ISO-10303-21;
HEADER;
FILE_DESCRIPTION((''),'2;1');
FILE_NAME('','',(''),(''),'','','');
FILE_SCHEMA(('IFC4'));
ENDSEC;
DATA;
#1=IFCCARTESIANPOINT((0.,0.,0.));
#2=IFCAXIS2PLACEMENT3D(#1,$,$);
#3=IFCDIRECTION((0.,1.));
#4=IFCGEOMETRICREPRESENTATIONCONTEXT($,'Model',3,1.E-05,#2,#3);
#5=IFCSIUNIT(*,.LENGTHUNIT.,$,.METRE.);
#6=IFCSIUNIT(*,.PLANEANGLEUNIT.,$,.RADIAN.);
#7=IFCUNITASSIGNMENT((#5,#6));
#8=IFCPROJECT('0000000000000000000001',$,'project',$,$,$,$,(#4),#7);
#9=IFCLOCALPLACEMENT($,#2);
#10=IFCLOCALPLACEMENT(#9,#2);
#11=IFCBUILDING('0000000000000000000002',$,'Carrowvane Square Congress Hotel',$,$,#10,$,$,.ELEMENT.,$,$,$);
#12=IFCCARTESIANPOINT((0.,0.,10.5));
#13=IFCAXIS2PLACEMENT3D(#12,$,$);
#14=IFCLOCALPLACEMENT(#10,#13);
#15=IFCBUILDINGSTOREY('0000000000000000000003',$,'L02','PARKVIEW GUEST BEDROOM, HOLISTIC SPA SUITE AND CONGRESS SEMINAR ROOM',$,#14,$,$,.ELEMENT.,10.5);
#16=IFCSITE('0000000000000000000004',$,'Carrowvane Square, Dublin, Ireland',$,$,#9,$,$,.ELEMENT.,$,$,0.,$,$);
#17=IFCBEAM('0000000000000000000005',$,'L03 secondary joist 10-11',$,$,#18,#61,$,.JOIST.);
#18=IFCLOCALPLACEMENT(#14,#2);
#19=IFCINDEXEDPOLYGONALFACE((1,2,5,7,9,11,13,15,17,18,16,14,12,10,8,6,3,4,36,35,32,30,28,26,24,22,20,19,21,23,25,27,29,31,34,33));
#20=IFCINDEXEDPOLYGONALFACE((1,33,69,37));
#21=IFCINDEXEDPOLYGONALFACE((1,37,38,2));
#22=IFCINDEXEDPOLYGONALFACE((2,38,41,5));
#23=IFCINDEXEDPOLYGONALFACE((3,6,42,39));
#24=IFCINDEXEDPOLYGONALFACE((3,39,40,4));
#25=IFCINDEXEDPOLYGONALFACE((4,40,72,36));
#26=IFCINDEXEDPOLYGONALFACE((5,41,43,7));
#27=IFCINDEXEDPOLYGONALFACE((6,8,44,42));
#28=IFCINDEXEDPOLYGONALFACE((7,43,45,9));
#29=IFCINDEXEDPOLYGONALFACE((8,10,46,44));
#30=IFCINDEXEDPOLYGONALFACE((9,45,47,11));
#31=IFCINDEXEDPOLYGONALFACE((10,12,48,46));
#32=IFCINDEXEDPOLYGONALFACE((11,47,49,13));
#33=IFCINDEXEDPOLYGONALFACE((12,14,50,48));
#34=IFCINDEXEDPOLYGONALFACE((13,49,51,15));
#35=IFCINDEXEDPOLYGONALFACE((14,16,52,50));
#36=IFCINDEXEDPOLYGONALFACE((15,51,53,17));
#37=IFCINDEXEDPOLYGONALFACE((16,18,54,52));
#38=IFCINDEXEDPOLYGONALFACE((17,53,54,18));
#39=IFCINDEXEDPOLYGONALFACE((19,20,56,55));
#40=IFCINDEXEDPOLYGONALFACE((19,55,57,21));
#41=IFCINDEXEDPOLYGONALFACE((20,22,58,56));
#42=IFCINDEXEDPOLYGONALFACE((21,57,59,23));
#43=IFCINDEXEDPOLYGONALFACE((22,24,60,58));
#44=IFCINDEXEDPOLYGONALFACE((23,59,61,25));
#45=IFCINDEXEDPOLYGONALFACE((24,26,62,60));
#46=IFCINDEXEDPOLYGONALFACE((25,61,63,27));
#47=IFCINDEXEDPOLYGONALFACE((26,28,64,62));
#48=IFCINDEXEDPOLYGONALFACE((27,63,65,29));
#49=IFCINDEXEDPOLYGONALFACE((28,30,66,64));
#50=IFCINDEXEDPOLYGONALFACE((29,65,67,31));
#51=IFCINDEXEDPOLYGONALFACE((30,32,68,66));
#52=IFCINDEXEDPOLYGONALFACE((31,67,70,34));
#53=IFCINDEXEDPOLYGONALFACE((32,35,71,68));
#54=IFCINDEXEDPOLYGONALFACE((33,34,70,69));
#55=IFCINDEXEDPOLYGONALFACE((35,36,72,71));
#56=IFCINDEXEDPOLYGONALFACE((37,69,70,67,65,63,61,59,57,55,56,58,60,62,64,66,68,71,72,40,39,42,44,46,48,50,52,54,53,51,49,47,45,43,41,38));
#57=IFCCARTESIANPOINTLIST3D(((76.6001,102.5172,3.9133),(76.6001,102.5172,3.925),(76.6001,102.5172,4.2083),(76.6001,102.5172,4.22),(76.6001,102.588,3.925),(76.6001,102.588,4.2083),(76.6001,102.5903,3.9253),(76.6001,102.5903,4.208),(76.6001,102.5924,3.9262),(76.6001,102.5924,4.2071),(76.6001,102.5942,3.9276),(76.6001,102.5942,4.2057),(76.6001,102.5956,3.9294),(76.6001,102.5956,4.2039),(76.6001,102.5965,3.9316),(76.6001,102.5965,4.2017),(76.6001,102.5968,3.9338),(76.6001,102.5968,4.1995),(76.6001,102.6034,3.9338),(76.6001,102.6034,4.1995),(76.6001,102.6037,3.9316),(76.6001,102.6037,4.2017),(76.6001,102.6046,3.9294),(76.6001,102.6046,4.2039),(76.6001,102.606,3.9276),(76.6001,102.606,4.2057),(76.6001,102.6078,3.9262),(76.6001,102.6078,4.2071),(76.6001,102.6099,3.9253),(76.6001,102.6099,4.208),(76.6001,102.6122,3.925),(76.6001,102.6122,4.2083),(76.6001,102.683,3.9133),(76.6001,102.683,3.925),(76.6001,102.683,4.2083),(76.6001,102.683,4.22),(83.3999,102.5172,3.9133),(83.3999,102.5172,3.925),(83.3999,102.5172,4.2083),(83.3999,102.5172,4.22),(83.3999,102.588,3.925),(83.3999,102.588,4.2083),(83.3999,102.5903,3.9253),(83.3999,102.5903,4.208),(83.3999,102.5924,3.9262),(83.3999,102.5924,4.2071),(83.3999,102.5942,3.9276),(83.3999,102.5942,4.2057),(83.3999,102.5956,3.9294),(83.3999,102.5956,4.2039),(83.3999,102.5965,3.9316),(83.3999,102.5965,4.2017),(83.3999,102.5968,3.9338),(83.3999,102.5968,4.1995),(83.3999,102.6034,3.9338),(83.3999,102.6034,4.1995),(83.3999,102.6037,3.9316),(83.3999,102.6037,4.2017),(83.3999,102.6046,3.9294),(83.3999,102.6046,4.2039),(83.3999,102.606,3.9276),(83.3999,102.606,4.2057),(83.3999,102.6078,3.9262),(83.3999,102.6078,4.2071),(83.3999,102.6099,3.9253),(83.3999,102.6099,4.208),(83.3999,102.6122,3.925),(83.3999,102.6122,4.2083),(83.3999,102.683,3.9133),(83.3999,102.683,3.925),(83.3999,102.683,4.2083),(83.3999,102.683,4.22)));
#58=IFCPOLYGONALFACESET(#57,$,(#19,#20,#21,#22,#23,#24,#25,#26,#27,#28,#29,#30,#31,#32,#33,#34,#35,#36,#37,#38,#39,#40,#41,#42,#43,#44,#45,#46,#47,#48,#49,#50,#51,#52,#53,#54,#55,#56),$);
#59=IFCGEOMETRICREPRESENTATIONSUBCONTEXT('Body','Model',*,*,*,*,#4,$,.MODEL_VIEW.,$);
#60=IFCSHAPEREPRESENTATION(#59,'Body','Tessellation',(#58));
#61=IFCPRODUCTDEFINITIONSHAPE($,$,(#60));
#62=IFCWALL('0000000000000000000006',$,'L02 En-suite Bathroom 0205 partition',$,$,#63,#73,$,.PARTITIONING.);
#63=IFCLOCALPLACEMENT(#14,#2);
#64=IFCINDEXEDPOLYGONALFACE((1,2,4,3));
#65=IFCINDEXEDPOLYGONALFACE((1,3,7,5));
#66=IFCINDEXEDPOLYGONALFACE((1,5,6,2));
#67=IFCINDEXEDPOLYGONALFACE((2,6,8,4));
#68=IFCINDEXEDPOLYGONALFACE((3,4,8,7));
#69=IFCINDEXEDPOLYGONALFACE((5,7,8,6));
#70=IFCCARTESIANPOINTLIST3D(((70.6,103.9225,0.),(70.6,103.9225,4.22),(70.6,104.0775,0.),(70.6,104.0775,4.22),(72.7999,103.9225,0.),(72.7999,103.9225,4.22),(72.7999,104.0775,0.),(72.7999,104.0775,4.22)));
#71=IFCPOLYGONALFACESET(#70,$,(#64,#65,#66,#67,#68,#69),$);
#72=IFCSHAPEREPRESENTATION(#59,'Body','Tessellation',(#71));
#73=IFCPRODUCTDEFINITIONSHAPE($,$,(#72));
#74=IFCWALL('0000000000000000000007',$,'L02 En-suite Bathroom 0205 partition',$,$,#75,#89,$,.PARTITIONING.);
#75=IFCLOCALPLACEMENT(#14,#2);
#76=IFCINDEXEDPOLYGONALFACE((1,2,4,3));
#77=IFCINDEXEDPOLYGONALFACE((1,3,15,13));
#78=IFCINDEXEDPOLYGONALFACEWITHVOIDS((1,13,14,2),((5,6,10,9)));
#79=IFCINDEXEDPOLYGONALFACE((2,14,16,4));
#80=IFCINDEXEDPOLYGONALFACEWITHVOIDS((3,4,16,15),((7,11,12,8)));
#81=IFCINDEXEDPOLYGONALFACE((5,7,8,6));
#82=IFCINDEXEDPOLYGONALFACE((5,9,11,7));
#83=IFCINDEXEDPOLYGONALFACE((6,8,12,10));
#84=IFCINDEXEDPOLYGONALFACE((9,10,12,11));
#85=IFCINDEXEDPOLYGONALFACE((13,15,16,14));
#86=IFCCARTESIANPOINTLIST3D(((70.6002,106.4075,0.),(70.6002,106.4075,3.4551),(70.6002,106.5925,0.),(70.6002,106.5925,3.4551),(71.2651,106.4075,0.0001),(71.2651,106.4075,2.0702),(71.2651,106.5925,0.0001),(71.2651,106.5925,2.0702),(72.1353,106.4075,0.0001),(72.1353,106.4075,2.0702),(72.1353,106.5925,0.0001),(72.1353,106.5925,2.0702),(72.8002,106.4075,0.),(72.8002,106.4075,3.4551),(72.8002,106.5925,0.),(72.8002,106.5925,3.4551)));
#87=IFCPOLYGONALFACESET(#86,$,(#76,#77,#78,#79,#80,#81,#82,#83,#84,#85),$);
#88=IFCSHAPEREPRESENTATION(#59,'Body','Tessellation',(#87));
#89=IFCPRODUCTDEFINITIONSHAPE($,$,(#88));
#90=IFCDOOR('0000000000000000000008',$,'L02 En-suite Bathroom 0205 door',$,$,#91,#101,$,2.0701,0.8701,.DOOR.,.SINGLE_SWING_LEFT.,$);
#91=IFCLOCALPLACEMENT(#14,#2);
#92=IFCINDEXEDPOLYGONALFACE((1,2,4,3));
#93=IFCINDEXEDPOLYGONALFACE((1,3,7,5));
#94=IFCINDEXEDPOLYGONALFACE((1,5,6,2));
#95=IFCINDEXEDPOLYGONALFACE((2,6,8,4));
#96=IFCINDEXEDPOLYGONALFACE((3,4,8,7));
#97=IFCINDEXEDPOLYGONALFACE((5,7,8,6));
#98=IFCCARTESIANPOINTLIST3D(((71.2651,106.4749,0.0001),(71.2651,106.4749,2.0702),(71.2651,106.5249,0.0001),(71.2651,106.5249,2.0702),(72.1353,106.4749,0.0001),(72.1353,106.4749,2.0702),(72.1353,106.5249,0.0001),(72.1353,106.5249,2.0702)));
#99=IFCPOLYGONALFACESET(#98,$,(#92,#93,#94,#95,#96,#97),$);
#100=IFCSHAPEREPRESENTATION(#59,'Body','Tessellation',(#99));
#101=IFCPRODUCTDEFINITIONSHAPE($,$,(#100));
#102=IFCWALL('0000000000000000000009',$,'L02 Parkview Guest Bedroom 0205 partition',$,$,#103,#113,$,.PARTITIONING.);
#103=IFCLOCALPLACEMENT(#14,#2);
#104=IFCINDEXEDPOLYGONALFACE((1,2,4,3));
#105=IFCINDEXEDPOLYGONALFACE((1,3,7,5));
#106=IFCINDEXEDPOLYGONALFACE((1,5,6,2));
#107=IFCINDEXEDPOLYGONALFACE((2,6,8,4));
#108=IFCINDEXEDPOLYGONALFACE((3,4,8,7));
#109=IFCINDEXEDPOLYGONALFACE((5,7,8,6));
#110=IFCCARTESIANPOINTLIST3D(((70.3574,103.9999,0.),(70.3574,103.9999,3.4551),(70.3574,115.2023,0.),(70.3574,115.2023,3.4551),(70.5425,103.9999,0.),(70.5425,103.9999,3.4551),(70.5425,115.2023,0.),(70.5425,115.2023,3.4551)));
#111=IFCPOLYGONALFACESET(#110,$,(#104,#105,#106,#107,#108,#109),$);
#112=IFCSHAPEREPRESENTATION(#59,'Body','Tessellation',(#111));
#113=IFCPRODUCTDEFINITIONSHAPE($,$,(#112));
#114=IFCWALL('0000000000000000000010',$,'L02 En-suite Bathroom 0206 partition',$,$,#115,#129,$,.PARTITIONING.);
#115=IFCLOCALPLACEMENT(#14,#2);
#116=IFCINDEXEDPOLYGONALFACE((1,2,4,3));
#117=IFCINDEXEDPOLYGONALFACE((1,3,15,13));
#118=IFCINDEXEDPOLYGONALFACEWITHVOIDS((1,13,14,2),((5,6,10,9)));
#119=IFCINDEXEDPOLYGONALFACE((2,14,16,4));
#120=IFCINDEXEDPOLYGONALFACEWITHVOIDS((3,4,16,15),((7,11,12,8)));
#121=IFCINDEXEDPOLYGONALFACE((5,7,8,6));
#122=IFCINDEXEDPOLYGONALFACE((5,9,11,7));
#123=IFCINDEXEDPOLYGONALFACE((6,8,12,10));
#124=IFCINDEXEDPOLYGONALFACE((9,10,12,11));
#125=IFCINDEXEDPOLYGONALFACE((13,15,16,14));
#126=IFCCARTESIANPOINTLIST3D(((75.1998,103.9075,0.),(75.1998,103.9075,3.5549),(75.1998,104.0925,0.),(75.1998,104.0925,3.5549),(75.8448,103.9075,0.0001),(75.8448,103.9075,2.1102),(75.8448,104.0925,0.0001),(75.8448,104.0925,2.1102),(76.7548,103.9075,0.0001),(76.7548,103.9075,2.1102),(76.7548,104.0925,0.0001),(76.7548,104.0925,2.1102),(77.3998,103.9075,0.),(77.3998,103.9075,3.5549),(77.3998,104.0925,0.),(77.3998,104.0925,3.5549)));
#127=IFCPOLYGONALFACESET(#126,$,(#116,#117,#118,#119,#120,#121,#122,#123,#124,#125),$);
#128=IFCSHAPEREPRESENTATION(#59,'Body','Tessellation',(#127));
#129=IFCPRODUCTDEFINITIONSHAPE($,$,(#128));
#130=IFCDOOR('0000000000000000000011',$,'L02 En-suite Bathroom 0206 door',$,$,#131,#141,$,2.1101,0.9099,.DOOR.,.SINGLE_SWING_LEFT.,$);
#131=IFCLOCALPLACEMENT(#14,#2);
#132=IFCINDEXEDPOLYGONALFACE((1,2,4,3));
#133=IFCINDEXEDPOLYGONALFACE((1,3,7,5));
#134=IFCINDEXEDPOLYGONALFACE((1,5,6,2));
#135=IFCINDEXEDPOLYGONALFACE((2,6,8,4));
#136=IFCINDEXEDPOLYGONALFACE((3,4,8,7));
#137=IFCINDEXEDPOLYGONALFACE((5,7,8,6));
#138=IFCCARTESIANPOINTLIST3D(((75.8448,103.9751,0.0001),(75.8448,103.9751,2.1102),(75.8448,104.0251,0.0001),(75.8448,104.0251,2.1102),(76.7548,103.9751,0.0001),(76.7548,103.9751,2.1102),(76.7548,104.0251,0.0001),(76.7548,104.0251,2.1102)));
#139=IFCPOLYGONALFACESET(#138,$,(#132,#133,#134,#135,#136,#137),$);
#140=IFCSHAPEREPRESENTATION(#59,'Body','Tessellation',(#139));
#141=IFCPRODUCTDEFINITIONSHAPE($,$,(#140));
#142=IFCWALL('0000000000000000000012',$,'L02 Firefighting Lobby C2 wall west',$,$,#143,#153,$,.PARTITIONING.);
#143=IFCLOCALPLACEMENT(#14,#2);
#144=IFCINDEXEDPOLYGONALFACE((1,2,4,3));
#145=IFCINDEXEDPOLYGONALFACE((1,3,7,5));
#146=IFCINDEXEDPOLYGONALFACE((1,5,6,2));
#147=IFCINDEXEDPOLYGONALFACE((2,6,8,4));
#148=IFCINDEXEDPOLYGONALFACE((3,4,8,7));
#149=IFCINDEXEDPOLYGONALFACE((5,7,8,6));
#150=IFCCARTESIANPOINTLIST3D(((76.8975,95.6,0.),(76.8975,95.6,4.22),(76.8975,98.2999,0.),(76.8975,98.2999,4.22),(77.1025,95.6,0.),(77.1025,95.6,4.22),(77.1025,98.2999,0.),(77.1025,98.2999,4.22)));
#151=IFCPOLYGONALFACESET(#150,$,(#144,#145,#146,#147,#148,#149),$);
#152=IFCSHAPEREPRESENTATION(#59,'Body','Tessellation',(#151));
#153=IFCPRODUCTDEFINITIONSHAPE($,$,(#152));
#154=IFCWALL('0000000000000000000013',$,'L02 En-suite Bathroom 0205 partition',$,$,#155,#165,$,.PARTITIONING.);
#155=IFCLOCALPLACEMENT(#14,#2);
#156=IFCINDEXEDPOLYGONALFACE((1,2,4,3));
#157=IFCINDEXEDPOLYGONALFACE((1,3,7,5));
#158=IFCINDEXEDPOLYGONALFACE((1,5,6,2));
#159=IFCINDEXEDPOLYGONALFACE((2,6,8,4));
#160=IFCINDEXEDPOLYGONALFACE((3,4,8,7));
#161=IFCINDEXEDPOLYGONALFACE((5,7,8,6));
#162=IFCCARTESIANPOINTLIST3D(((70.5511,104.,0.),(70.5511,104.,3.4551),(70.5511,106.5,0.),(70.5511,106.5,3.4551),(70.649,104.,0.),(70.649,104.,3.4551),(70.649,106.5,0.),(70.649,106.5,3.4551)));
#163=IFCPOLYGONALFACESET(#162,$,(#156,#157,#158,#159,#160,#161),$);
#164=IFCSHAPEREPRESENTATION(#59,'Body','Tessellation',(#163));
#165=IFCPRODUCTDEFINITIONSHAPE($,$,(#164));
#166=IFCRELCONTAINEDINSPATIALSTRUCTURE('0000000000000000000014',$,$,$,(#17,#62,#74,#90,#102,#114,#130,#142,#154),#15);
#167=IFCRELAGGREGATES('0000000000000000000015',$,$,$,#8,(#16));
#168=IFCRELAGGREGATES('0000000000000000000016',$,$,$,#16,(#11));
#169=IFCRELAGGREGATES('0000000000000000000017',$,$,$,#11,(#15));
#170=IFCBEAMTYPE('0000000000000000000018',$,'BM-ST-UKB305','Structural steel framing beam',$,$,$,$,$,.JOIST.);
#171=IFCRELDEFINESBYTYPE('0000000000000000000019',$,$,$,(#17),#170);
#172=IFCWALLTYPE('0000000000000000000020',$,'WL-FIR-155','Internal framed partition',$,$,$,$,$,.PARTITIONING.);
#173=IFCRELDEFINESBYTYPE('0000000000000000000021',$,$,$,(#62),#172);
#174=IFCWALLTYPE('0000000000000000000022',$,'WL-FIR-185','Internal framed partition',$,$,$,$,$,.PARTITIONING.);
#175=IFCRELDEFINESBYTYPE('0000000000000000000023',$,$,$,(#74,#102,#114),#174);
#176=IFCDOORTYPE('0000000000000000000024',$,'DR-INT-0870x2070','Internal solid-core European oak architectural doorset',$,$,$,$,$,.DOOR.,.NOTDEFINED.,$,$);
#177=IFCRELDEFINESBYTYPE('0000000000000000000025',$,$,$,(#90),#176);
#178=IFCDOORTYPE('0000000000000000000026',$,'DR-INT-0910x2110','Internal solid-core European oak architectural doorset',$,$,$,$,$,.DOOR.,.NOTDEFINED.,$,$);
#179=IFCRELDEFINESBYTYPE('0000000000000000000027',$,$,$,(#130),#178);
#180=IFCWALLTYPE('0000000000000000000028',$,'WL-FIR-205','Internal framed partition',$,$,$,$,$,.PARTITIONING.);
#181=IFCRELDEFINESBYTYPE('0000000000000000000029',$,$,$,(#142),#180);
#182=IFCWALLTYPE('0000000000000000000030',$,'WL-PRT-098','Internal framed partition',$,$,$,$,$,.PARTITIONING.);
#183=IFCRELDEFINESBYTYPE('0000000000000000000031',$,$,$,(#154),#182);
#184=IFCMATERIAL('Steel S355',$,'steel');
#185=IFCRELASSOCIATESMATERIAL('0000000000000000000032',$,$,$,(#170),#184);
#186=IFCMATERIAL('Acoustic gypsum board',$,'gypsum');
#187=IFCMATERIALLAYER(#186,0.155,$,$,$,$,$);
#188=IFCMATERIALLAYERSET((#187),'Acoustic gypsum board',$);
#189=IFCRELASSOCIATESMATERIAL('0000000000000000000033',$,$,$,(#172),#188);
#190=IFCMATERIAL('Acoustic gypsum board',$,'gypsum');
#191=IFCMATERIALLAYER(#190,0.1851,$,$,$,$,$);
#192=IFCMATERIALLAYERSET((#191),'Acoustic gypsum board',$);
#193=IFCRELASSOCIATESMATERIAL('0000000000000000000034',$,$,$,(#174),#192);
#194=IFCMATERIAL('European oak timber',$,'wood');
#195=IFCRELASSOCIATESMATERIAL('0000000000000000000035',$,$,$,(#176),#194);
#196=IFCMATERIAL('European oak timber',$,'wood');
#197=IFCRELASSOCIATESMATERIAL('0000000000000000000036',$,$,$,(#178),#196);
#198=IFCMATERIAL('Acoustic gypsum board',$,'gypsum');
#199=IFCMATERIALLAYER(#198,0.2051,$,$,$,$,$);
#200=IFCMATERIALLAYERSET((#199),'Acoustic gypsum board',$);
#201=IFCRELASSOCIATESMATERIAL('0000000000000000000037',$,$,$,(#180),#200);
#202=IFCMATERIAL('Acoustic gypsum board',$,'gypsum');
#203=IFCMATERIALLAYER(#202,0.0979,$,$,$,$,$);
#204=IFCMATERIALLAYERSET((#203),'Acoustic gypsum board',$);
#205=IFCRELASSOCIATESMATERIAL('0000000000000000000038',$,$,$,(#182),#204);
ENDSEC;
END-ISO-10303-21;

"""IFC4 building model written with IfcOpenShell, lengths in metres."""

from ifc_helpers import new_model, si_unit, direction, frame, frame_2d, origin, origin_2d, place, context, subcontext, project, spatial, rectangle, i_section, extrude, material, layer, layer_set, material_profile, profile_set, type_object, element, fill, save


model = new_model("IFC4")

# Units and contexts
model_context = context("Model", 3, precision=1e-05, world=origin(), true_north=direction((0.0, 1.0)))
body_context = subcontext(model_context, "Body", "Model", "MODEL_VIEW")
ifc_project = project(units=[si_unit("LENGTHUNIT", "METRE"), si_unit("PLANEANGLEUNIT", "RADIAN")], contexts=[model_context])

# Site, building, storey
site_placement = place(None, origin())
site = spatial("IfcSite", under=ifc_project, at=site_placement, Name="Carrowvane Square, Dublin, Ireland", CompositionType="ELEMENT", RefElevation=0.0)
building_placement = place(site_placement, origin())
building = spatial("IfcBuilding", under=site, at=building_placement, Name="Carrowvane Square Congress Hotel", CompositionType="ELEMENT")
storey_placement = place(building_placement, frame((0.0, 0.0, 10.5)))
storey = spatial("IfcBuildingStorey", under=building, at=storey_placement, Name="L02", Description="PARKVIEW GUEST BEDROOM, HOLISTIC SPA SUITE AND CONGRESS SEMINAR ROOM", CompositionType="ELEMENT", Elevation=10.5)

# Beam
ifc_material_1 = material(Name="Steel S355", Category="steel")
ifc_material_profile_1 = material_profile(ifc_material_1, i_section(OverallWidth=0.1658, OverallDepth=0.3066, WebThickness=0.0066, FlangeThickness=0.0117, FilletRadius=0.0088, at=origin_2d()), Name="UKB 305x165x46")
ifc_profile_set_1 = profile_set([ifc_material_profile_1], Name="Steel S355")
beam_type_1 = type_object("IfcBeamType", Name="BM-ST-UKB305", Description="Structural steel framing beam", PredefinedType="JOIST", material=ifc_profile_set_1)
beam_1_placement = place(storey_placement, frame((76.6001, 102.6001, 4.0667), z_axis=(1.0, 0.0, 0.0), x_axis=(0.0, 1.0, 0.0)))
element("IfcBeam", 1, at=beam_1_placement, inside=storey, type_object=beam_type_1, Name="L03 secondary joist 10-11", PredefinedType="JOIST", context=body_context, shape_type="SweptSolid", body=[
    extrude(i_section(OverallWidth=0.1658, OverallDepth=0.3066, WebThickness=0.0066, FlangeThickness=0.0117, FilletRadius=0.0088, at=origin_2d()), origin(), (0.0, 0.0, 1.0), 6.7998),
])

# Wall
ifc_material_2 = material(Name="Acoustic gypsum board", Category="gypsum")
ifc_layer_1 = layer(ifc_material_2, 0.155)
ifc_layer_set_1 = layer_set([ifc_layer_1], Name="Acoustic gypsum board")
wall_type_1 = type_object("IfcWallType", Name="WL-FIR-155", Description="Internal framed partition", PredefinedType="PARTITIONING", material=ifc_layer_set_1)
wall_1_placement = place(storey_placement, frame((72.8, 104.0, 0.0), z_axis=(0.0, 0.0, 1.0), x_axis=(-1.0, 0.0, 0.0)))
element("IfcWall", 2, at=wall_1_placement, inside=storey, type_object=wall_type_1, Name="L02 En-suite Bathroom 0205 partition", PredefinedType="PARTITIONING", context=body_context, shape_type="SweptSolid", body=[
    extrude(rectangle(XDim=2.2, YDim=0.155, at=frame_2d((1.1001, 0.0))), origin(), (0.0, 0.0, 1.0), 4.22),
])

# Wall, opening, door
ifc_material_3 = material(Name="Acoustic gypsum board", Category="gypsum")
ifc_layer_2 = layer(ifc_material_3, 0.1851)
ifc_layer_set_2 = layer_set([ifc_layer_2], Name="Acoustic gypsum board")
wall_type_2 = type_object("IfcWallType", Name="WL-FIR-185", Description="Internal framed partition", PredefinedType="PARTITIONING", material=ifc_layer_set_2)
wall_2_placement = place(storey_placement, frame((70.6001, 106.5, 0.0), z_axis=(0.0, 0.0, 1.0), x_axis=(1.0, 0.0, 0.0)))
wall_2 = element("IfcWall", 3, at=wall_2_placement, inside=storey, type_object=wall_type_2, Name="L02 En-suite Bathroom 0205 partition", PredefinedType="PARTITIONING", context=body_context, shape_type="SweptSolid", body=[
    extrude(rectangle(XDim=2.2, YDim=0.1851, at=frame_2d((1.1001, 0.0))), origin(), (0.0, 0.0, 1.0), 3.4551),
])
opening_1_placement = place(wall_2_placement, frame((0.665, 0.0, 0.0)))
opening_1 = element("IfcOpeningElement", 4, at=opening_1_placement, cuts=wall_2, PredefinedType="OPENING", context=body_context, shape_type="SweptSolid", body=[
    extrude(rectangle(XDim=0.8701, YDim=2.0701, at=frame_2d((0.4351, 1.0352))), frame((0.0, 0.1025, 0.0), z_axis=(0.0, -1.0, 0.0), x_axis=(1.0, 0.0, 0.0)), (0.0, 0.0, 1.0), 0.2051),
])
ifc_material_4 = material(Name="European oak timber", Category="wood")
door_type_1 = type_object("IfcDoorType", Name="DR-INT-0870x2070", Description="Internal solid-core European oak architectural doorset", OperationType="NOTDEFINED", PredefinedType="DOOR", material=ifc_material_4)
door_1_placement = place(opening_1_placement, origin())
door_1 = element("IfcDoor", 5, at=door_1_placement, inside=storey, type_object=door_type_1, Name="L02 En-suite Bathroom 0205 door", OperationType="SINGLE_SWING_LEFT", OverallHeight=2.0701, OverallWidth=0.8701, PredefinedType="DOOR", context=body_context, shape_type="SweptSolid", body=[
    extrude(rectangle(XDim=0.8701, YDim=2.0701, at=frame_2d((0.4351, 1.0352))), frame((0.0, 0.0249, 0.0), z_axis=(0.0, -1.0, 0.0), x_axis=(1.0, 0.0, 0.0)), (0.0, 0.0, 1.0), 0.05),
])
fill(opening_1, door_1)

# Wall
wall_3_placement = place(storey_placement, frame((70.45, 104.0, 0.0), z_axis=(0.0, 0.0, 1.0), x_axis=(0.0, 1.0, 0.0)))
element("IfcWall", 6, at=wall_3_placement, inside=storey, type_object=wall_type_2, Name="L02 Parkview Guest Bedroom 0205 partition", PredefinedType="PARTITIONING", context=body_context, shape_type="SweptSolid", body=[
    extrude(rectangle(XDim=11.2024, YDim=0.1851, at=frame_2d((5.6011, 0.0))), origin(), (0.0, 0.0, 1.0), 3.4551),
])

# Wall, opening, door
wall_4_placement = place(storey_placement, frame((77.3999, 104.0, 0.0), z_axis=(0.0, 0.0, 1.0), x_axis=(-1.0, 0.0, 0.0)))
wall_4 = element("IfcWall", 7, at=wall_4_placement, inside=storey, type_object=wall_type_2, Name="L02 En-suite Bathroom 0206 partition", PredefinedType="PARTITIONING", context=body_context, shape_type="SweptSolid", body=[
    extrude(rectangle(XDim=2.2, YDim=0.1851, at=frame_2d((1.1001, 0.0))), origin(), (0.0, 0.0, 1.0), 3.5549),
])
opening_2_placement = place(wall_4_placement, frame((0.645, 0.0, 0.0)))
opening_2 = element("IfcOpeningElement", 8, at=opening_2_placement, cuts=wall_4, PredefinedType="OPENING", context=body_context, shape_type="SweptSolid", body=[
    extrude(rectangle(XDim=0.9099, YDim=2.1101, at=frame_2d((0.4551, 1.0552))), frame((0.0, 0.1025, 0.0), z_axis=(0.0, -1.0, 0.0), x_axis=(1.0, 0.0, 0.0)), (0.0, 0.0, 1.0), 0.2051),
])
ifc_material_5 = material(Name="European oak timber", Category="wood")
door_type_2 = type_object("IfcDoorType", Name="DR-INT-0910x2110", Description="Internal solid-core European oak architectural doorset", OperationType="NOTDEFINED", PredefinedType="DOOR", material=ifc_material_5)
door_2_placement = place(opening_2_placement, origin())
door_2 = element("IfcDoor", 9, at=door_2_placement, inside=storey, type_object=door_type_2, Name="L02 En-suite Bathroom 0206 door", OperationType="SINGLE_SWING_LEFT", OverallHeight=2.1101, OverallWidth=0.9099, PredefinedType="DOOR", context=body_context, shape_type="SweptSolid", body=[
    extrude(rectangle(XDim=0.9099, YDim=2.1101, at=frame_2d((0.4551, 1.0552))), frame((0.0, 0.0249, 0.0), z_axis=(0.0, -1.0, 0.0), x_axis=(1.0, 0.0, 0.0)), (0.0, 0.0, 1.0), 0.05),
])
fill(opening_2, door_2)

# Walls
ifc_material_6 = material(Name="Acoustic gypsum board", Category="gypsum")
ifc_layer_3 = layer(ifc_material_6, 0.2051)
ifc_layer_set_3 = layer_set([ifc_layer_3], Name="Acoustic gypsum board")
wall_type_3 = type_object("IfcWallType", Name="WL-FIR-205", Description="Internal framed partition", PredefinedType="PARTITIONING", material=ifc_layer_set_3)
wall_5_placement = place(storey_placement, frame((77.0, 98.3, 0.0), z_axis=(0.0, 0.0, 1.0), x_axis=(0.0, -1.0, 0.0)))
element("IfcWall", 10, at=wall_5_placement, inside=storey, type_object=wall_type_3, Name="L02 Firefighting Lobby C2 wall west", PredefinedType="PARTITIONING", context=body_context, shape_type="SweptSolid", body=[
    extrude(rectangle(XDim=2.7, YDim=0.2051, at=frame_2d((1.3501, 0.0))), origin(), (0.0, 0.0, 1.0), 4.22),
])
ifc_material_7 = material(Name="Acoustic gypsum board", Category="gypsum")
ifc_layer_4 = layer(ifc_material_7, 0.0979)
ifc_layer_set_4 = layer_set([ifc_layer_4], Name="Acoustic gypsum board")
wall_type_4 = type_object("IfcWallType", Name="WL-PRT-098", Description="Internal framed partition", PredefinedType="PARTITIONING", material=ifc_layer_set_4)
wall_6_placement = place(storey_placement, frame((70.6001, 104.0, 0.0), z_axis=(0.0, 0.0, 1.0), x_axis=(0.0, 1.0, 0.0)))
element("IfcWall", 11, at=wall_6_placement, inside=storey, type_object=wall_type_4, Name="L02 En-suite Bathroom 0205 partition", PredefinedType="PARTITIONING", context=body_context, shape_type="SweptSolid", body=[
    extrude(rectangle(XDim=2.5, YDim=0.0979, at=frame_2d((1.25, 0.0))), origin(), (0.0, 0.0, 1.0), 3.4551),
])

save(model, "model.ifc")
